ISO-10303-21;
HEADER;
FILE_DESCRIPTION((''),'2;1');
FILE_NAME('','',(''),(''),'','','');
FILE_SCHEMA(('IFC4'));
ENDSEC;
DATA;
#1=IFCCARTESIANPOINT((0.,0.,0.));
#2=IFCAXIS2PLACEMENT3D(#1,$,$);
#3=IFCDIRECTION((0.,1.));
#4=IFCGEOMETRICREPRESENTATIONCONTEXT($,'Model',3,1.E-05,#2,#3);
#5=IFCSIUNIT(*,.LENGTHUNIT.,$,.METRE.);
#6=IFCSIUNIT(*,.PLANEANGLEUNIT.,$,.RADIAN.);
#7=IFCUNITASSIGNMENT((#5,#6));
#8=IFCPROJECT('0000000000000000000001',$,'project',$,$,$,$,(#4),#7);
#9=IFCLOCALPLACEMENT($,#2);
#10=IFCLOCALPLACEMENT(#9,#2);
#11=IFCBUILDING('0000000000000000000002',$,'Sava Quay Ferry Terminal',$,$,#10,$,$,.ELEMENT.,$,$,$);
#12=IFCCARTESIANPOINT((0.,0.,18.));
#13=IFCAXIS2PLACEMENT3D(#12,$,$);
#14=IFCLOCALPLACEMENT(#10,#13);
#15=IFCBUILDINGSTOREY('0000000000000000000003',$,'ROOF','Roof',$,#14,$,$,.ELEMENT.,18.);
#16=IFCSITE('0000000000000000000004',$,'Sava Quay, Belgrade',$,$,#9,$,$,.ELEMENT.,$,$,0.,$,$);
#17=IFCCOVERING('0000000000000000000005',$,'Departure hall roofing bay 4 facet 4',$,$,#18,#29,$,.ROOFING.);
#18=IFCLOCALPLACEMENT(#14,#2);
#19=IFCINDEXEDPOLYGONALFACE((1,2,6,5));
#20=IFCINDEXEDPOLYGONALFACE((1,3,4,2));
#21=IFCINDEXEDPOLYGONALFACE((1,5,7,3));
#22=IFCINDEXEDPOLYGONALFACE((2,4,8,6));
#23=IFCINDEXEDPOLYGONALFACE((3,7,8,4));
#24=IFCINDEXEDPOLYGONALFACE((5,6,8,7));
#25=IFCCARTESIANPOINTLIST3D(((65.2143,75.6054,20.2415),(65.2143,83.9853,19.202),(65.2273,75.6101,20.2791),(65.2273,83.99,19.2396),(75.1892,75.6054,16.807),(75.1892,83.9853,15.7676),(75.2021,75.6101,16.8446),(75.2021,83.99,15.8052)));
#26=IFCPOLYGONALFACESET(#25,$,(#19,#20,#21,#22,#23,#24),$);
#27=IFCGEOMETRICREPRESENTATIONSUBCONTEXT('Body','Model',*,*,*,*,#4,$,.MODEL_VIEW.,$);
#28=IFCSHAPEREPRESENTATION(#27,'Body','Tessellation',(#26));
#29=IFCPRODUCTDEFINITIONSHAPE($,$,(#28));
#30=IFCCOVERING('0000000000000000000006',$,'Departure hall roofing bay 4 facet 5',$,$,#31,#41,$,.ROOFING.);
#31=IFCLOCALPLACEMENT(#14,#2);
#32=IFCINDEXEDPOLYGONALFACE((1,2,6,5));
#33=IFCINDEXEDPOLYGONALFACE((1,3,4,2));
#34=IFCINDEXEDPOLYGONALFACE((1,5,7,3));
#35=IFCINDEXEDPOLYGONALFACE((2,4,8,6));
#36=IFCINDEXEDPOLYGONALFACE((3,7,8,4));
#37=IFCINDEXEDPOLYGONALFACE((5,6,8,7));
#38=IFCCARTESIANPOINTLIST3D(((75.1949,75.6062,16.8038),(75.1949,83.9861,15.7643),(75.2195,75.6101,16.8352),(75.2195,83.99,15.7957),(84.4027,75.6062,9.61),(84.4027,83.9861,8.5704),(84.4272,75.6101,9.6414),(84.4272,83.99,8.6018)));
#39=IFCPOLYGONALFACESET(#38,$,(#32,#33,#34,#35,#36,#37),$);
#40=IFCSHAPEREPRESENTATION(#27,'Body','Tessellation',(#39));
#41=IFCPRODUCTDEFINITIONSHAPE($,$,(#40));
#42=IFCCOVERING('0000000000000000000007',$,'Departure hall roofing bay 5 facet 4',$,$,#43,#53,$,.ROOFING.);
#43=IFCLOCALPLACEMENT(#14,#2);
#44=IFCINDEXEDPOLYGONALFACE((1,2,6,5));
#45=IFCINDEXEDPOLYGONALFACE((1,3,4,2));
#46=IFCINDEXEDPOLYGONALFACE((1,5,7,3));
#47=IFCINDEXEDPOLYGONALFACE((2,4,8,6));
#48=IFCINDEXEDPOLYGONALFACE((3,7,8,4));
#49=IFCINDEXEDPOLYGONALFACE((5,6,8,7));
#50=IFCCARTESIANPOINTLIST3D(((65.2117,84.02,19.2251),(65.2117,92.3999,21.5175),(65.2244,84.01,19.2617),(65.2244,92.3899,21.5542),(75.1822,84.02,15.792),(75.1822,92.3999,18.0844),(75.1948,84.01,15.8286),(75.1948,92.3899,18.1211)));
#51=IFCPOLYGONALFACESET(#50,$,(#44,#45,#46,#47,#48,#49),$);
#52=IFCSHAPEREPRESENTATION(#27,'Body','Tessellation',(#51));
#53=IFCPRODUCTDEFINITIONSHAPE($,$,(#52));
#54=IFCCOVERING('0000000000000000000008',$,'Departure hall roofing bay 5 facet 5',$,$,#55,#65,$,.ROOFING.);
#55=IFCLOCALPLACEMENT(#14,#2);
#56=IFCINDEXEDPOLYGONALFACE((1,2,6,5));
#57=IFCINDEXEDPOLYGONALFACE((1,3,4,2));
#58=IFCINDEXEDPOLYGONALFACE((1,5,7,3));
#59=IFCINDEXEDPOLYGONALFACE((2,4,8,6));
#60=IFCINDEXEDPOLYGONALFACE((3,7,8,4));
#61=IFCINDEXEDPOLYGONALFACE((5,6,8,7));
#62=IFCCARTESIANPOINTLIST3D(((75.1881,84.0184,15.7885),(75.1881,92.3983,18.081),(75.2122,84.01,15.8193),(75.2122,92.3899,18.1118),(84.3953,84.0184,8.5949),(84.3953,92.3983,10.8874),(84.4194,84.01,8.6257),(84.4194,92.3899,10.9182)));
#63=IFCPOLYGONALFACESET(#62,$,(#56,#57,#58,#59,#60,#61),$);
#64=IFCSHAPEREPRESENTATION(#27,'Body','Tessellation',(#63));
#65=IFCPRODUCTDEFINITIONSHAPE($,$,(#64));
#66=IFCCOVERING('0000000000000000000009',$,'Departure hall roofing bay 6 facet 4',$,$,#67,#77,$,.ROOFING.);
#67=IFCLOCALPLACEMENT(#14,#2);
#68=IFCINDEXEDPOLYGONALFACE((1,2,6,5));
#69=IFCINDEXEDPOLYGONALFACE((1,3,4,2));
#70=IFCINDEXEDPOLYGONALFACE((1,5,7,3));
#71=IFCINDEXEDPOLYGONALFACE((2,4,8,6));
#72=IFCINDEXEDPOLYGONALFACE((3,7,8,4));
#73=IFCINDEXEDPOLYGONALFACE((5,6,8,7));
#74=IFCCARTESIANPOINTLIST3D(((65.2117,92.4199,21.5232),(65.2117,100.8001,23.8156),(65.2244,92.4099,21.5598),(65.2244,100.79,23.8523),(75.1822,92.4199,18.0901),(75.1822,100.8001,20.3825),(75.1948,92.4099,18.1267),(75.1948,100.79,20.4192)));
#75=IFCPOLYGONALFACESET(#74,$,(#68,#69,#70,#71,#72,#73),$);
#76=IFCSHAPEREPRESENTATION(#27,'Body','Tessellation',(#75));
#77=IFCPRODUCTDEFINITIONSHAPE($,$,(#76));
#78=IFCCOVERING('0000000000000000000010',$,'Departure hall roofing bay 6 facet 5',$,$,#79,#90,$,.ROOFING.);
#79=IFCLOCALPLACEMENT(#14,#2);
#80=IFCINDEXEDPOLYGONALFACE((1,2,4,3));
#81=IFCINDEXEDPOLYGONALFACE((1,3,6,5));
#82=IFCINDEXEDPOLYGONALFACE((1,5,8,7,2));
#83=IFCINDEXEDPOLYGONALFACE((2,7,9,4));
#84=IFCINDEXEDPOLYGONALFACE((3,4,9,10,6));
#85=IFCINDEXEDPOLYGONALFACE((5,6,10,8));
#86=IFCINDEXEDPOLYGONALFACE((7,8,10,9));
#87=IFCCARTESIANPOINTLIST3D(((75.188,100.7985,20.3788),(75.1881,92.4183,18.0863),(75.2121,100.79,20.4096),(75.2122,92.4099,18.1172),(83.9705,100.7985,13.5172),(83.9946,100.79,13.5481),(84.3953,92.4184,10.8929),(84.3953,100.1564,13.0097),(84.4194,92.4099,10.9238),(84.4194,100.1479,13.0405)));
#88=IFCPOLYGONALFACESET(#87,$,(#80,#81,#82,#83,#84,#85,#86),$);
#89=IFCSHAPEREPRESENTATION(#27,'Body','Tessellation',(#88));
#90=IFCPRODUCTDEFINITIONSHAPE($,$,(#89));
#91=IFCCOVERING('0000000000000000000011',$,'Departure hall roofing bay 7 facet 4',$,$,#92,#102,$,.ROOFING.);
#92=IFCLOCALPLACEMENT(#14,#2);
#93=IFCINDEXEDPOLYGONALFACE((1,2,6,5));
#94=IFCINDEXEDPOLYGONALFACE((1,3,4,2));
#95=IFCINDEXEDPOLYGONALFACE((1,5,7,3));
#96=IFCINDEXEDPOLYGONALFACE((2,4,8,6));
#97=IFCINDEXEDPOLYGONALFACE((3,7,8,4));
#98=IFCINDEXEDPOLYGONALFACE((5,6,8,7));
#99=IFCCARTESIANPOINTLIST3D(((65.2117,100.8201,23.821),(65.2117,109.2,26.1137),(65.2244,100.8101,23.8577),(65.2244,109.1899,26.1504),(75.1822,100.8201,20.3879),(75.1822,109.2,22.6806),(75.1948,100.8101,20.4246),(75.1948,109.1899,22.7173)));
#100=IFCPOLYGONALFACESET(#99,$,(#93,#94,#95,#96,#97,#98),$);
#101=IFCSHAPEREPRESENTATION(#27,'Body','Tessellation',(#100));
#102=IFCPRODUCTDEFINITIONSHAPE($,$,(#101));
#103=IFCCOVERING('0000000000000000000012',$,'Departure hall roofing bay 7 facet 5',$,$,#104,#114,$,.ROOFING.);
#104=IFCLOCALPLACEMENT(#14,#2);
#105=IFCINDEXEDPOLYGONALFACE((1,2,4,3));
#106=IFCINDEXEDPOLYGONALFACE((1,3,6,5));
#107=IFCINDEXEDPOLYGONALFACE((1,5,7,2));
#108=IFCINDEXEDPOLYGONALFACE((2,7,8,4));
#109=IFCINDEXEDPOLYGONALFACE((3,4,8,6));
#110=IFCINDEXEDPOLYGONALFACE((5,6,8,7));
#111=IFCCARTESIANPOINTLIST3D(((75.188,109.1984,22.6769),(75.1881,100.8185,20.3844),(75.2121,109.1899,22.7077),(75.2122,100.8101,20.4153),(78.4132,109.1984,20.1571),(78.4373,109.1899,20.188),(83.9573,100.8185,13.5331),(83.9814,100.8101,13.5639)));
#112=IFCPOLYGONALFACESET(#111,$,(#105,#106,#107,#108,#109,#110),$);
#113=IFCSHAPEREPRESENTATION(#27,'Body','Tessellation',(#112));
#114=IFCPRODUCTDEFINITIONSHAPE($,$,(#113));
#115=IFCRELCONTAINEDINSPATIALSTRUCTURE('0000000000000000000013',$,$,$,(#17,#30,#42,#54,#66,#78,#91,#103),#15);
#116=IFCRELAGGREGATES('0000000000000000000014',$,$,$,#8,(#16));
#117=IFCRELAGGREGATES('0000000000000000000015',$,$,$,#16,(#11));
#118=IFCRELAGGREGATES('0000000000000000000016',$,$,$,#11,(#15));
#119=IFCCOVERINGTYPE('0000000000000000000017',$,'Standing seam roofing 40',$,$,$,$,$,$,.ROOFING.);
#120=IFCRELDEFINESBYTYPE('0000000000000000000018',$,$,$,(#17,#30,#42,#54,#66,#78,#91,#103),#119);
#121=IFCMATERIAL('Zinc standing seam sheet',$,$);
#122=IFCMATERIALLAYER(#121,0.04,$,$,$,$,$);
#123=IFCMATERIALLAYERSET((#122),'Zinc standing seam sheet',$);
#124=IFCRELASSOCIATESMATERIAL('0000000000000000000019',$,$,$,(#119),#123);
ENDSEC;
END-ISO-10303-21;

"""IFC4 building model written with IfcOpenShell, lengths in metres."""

from ifc_helpers import new_model, si_unit, direction, frame, origin, place, context, subcontext, project, spatial, polyline, outline, extrude, material, layer, layer_set, type_object, element, save


model = new_model("IFC4")

# Units and contexts
model_context = context("Model", 3, precision=1e-05, world=origin(), true_north=direction((0.0, 1.0)))
body_context = subcontext(model_context, "Body", "Model", "MODEL_VIEW")
ifc_project = project(units=[si_unit("LENGTHUNIT", "METRE"), si_unit("PLANEANGLEUNIT", "RADIAN")], contexts=[model_context])

# Site, building, storey
site_placement = place(None, origin())
site = spatial("IfcSite", under=ifc_project, at=site_placement, Name="Sava Quay, Belgrade", CompositionType="ELEMENT", RefElevation=0.0)
building_placement = place(site_placement, origin())
building = spatial("IfcBuilding", under=site, at=building_placement, Name="Sava Quay Ferry Terminal", CompositionType="ELEMENT")
storey_placement = place(building_placement, frame((0.0, 0.0, 18.0)))
storey = spatial("IfcBuildingStorey", under=building, at=storey_placement, Name="ROOF", Description="Roof", CompositionType="ELEMENT", Elevation=18.0)

# Coverings
ifc_material_1 = material(Name="Zinc standing seam sheet")
ifc_layer_1 = layer(ifc_material_1, 0.04)
ifc_layer_set_1 = layer_set([ifc_layer_1], Name="Zinc standing seam sheet")
covering_type_1 = type_object("IfcCoveringType", Name="Standing seam roofing 40", PredefinedType="ROOFING", material=ifc_layer_set_1)
covering_1_placement = place(storey_placement, frame((65.2273, 75.6101, 20.2791), z_axis=(0.323338, 0.116483, 0.939087), x_axis=(-0.000004, 0.992395, -0.123094)))
element("IfcCovering", 1, at=covering_1_placement, inside=storey, type_object=covering_type_1, Name="Departure hall roofing bay 4 facet 4", PredefinedType="ROOFING", context=body_context, shape_type="SweptSolid", body=[
    extrude(outline(polyline([(0.0, 0.0), (8.4441, 0.0), (8.8668, -10.5411), (0.4227, -10.541), (0.0, 0.0)])), origin(), (0.0, 0.0, -1.0), 0.04),
])
covering_2_placement = place(storey_placement, frame((75.2195, 75.6101, 16.8352), z_axis=(0.612738, 0.097292, 0.784274), x_axis=(0.0, 0.992393, -0.123109)))
element("IfcCovering", 2, at=covering_2_placement, inside=storey, type_object=covering_type_1, Name="Departure hall roofing bay 4 facet 5", PredefinedType="ROOFING", context=body_context, shape_type="SweptSolid", body=[
    extrude(outline(polyline([(0.0, 0.0), (8.4441, 0.0), (9.3297, -11.6512), (0.8856, -11.6512), (0.0, 0.0)])), origin(), (0.0, 0.0, -1.0), 0.04),
])
covering_3_placement = place(storey_placement, frame((65.2244, 84.01, 19.2617), z_axis=(0.315195, -0.250423, 0.915391), x_axis=(0.0, 0.964557, 0.263873)))
element("IfcCovering", 3, at=covering_3_placement, inside=storey, type_object=covering_type_1, Name="Departure hall roofing bay 5 facet 4", PredefinedType="ROOFING", context=body_context, shape_type="SweptSolid", body=[
    extrude(outline(polyline([(0.0, 0.0), (8.6878, 0.0), (7.7819, -10.506), (-0.9059, -10.506), (0.0, 0.0)])), origin(), (0.0, 0.0, -1.0), 0.04),
])
covering_4_placement = place(storey_placement, frame((75.2122, 84.01, 15.8193), z_axis=(0.601841, -0.210734, 0.770311), x_axis=(0.0, 0.964557, 0.263873)))
element("IfcCovering", 4, at=covering_4_placement, inside=storey, type_object=covering_type_1, Name="Departure hall roofing bay 5 facet 5", PredefinedType="ROOFING", context=body_context, shape_type="SweptSolid", body=[
    extrude(outline(polyline([(0.0, 0.0), (8.6878, 0.0), (6.7896, -11.529), (-1.8982, -11.529), (0.0, 0.0)])), origin(), (0.0, 0.0, -1.0), 0.04),
])
covering_5_placement = place(storey_placement, frame((65.2244, 92.4099, 21.5598), z_axis=(0.315195, -0.250416, 0.915393), x_axis=(0.0, 0.964559, 0.263866)))
element("IfcCovering", 5, at=covering_5_placement, inside=storey, type_object=covering_type_1, Name="Departure hall roofing bay 6 facet 4", PredefinedType="ROOFING", context=body_context, shape_type="SweptSolid", body=[
    extrude(outline(polyline([(0.0, 0.0), (8.688, 0.0), (7.7822, -10.506), (-0.9059, -10.506), (0.0, 0.0)])), origin(), (0.0, 0.0, -1.0), 0.04),
])
covering_6_placement = place(storey_placement, frame((75.2122, 92.4099, 18.1172), z_axis=(0.601833, -0.210725, 0.77032), x_axis=(-0.000003, 0.96456, 0.263863)))
element("IfcCovering", 6, at=covering_6_placement, inside=storey, type_object=covering_type_1, Name="Departure hall roofing bay 6 facet 5", PredefinedType="ROOFING", context=body_context, shape_type="SweptSolid", body=[
    extrude(outline(polyline([(0.0, 0.0), (8.688, 0.0), (6.8775, -10.997), (6.1242, -11.529), (-1.8981, -11.5289), (0.0, 0.0)])), origin(), (0.0, 0.0, -1.0), 0.04),
])
covering_7_placement = place(storey_placement, frame((65.2244, 100.8101, 23.8577), z_axis=(0.315192, -0.250448, 0.915385), x_axis=(0.0, 0.96455, 0.2639)))
element("IfcCovering", 7, at=covering_7_placement, inside=storey, type_object=covering_type_1, Name="Departure hall roofing bay 7 facet 4", PredefinedType="ROOFING", context=body_context, shape_type="SweptSolid", body=[
    extrude(outline(polyline([(0.0, 0.0), (8.6879, 0.0), (7.7819, -10.506), (-0.906, -10.506), (0.0, 0.0)])), origin(), (0.0, 0.0, -1.0), 0.04),
])
covering_8_placement = place(storey_placement, frame((75.2122, 100.8101, 20.4153), z_axis=(0.601838, -0.210731, 0.770314), x_axis=(-0.000002, 0.964558, 0.263871)))
element("IfcCovering", 8, at=covering_8_placement, inside=storey, type_object=covering_type_1, Name="Departure hall roofing bay 7 facet 5", PredefinedType="ROOFING", context=body_context, shape_type="SweptSolid", body=[
    extrude(outline(polyline([(0.0, 0.0), (8.6878, 0.0), (8.0229, -4.0384), (-1.8079, -10.9806), (0.0, 0.0)])), origin(), (0.0, 0.0, -1.0), 0.04),
])

save(model, "model.ifc")
